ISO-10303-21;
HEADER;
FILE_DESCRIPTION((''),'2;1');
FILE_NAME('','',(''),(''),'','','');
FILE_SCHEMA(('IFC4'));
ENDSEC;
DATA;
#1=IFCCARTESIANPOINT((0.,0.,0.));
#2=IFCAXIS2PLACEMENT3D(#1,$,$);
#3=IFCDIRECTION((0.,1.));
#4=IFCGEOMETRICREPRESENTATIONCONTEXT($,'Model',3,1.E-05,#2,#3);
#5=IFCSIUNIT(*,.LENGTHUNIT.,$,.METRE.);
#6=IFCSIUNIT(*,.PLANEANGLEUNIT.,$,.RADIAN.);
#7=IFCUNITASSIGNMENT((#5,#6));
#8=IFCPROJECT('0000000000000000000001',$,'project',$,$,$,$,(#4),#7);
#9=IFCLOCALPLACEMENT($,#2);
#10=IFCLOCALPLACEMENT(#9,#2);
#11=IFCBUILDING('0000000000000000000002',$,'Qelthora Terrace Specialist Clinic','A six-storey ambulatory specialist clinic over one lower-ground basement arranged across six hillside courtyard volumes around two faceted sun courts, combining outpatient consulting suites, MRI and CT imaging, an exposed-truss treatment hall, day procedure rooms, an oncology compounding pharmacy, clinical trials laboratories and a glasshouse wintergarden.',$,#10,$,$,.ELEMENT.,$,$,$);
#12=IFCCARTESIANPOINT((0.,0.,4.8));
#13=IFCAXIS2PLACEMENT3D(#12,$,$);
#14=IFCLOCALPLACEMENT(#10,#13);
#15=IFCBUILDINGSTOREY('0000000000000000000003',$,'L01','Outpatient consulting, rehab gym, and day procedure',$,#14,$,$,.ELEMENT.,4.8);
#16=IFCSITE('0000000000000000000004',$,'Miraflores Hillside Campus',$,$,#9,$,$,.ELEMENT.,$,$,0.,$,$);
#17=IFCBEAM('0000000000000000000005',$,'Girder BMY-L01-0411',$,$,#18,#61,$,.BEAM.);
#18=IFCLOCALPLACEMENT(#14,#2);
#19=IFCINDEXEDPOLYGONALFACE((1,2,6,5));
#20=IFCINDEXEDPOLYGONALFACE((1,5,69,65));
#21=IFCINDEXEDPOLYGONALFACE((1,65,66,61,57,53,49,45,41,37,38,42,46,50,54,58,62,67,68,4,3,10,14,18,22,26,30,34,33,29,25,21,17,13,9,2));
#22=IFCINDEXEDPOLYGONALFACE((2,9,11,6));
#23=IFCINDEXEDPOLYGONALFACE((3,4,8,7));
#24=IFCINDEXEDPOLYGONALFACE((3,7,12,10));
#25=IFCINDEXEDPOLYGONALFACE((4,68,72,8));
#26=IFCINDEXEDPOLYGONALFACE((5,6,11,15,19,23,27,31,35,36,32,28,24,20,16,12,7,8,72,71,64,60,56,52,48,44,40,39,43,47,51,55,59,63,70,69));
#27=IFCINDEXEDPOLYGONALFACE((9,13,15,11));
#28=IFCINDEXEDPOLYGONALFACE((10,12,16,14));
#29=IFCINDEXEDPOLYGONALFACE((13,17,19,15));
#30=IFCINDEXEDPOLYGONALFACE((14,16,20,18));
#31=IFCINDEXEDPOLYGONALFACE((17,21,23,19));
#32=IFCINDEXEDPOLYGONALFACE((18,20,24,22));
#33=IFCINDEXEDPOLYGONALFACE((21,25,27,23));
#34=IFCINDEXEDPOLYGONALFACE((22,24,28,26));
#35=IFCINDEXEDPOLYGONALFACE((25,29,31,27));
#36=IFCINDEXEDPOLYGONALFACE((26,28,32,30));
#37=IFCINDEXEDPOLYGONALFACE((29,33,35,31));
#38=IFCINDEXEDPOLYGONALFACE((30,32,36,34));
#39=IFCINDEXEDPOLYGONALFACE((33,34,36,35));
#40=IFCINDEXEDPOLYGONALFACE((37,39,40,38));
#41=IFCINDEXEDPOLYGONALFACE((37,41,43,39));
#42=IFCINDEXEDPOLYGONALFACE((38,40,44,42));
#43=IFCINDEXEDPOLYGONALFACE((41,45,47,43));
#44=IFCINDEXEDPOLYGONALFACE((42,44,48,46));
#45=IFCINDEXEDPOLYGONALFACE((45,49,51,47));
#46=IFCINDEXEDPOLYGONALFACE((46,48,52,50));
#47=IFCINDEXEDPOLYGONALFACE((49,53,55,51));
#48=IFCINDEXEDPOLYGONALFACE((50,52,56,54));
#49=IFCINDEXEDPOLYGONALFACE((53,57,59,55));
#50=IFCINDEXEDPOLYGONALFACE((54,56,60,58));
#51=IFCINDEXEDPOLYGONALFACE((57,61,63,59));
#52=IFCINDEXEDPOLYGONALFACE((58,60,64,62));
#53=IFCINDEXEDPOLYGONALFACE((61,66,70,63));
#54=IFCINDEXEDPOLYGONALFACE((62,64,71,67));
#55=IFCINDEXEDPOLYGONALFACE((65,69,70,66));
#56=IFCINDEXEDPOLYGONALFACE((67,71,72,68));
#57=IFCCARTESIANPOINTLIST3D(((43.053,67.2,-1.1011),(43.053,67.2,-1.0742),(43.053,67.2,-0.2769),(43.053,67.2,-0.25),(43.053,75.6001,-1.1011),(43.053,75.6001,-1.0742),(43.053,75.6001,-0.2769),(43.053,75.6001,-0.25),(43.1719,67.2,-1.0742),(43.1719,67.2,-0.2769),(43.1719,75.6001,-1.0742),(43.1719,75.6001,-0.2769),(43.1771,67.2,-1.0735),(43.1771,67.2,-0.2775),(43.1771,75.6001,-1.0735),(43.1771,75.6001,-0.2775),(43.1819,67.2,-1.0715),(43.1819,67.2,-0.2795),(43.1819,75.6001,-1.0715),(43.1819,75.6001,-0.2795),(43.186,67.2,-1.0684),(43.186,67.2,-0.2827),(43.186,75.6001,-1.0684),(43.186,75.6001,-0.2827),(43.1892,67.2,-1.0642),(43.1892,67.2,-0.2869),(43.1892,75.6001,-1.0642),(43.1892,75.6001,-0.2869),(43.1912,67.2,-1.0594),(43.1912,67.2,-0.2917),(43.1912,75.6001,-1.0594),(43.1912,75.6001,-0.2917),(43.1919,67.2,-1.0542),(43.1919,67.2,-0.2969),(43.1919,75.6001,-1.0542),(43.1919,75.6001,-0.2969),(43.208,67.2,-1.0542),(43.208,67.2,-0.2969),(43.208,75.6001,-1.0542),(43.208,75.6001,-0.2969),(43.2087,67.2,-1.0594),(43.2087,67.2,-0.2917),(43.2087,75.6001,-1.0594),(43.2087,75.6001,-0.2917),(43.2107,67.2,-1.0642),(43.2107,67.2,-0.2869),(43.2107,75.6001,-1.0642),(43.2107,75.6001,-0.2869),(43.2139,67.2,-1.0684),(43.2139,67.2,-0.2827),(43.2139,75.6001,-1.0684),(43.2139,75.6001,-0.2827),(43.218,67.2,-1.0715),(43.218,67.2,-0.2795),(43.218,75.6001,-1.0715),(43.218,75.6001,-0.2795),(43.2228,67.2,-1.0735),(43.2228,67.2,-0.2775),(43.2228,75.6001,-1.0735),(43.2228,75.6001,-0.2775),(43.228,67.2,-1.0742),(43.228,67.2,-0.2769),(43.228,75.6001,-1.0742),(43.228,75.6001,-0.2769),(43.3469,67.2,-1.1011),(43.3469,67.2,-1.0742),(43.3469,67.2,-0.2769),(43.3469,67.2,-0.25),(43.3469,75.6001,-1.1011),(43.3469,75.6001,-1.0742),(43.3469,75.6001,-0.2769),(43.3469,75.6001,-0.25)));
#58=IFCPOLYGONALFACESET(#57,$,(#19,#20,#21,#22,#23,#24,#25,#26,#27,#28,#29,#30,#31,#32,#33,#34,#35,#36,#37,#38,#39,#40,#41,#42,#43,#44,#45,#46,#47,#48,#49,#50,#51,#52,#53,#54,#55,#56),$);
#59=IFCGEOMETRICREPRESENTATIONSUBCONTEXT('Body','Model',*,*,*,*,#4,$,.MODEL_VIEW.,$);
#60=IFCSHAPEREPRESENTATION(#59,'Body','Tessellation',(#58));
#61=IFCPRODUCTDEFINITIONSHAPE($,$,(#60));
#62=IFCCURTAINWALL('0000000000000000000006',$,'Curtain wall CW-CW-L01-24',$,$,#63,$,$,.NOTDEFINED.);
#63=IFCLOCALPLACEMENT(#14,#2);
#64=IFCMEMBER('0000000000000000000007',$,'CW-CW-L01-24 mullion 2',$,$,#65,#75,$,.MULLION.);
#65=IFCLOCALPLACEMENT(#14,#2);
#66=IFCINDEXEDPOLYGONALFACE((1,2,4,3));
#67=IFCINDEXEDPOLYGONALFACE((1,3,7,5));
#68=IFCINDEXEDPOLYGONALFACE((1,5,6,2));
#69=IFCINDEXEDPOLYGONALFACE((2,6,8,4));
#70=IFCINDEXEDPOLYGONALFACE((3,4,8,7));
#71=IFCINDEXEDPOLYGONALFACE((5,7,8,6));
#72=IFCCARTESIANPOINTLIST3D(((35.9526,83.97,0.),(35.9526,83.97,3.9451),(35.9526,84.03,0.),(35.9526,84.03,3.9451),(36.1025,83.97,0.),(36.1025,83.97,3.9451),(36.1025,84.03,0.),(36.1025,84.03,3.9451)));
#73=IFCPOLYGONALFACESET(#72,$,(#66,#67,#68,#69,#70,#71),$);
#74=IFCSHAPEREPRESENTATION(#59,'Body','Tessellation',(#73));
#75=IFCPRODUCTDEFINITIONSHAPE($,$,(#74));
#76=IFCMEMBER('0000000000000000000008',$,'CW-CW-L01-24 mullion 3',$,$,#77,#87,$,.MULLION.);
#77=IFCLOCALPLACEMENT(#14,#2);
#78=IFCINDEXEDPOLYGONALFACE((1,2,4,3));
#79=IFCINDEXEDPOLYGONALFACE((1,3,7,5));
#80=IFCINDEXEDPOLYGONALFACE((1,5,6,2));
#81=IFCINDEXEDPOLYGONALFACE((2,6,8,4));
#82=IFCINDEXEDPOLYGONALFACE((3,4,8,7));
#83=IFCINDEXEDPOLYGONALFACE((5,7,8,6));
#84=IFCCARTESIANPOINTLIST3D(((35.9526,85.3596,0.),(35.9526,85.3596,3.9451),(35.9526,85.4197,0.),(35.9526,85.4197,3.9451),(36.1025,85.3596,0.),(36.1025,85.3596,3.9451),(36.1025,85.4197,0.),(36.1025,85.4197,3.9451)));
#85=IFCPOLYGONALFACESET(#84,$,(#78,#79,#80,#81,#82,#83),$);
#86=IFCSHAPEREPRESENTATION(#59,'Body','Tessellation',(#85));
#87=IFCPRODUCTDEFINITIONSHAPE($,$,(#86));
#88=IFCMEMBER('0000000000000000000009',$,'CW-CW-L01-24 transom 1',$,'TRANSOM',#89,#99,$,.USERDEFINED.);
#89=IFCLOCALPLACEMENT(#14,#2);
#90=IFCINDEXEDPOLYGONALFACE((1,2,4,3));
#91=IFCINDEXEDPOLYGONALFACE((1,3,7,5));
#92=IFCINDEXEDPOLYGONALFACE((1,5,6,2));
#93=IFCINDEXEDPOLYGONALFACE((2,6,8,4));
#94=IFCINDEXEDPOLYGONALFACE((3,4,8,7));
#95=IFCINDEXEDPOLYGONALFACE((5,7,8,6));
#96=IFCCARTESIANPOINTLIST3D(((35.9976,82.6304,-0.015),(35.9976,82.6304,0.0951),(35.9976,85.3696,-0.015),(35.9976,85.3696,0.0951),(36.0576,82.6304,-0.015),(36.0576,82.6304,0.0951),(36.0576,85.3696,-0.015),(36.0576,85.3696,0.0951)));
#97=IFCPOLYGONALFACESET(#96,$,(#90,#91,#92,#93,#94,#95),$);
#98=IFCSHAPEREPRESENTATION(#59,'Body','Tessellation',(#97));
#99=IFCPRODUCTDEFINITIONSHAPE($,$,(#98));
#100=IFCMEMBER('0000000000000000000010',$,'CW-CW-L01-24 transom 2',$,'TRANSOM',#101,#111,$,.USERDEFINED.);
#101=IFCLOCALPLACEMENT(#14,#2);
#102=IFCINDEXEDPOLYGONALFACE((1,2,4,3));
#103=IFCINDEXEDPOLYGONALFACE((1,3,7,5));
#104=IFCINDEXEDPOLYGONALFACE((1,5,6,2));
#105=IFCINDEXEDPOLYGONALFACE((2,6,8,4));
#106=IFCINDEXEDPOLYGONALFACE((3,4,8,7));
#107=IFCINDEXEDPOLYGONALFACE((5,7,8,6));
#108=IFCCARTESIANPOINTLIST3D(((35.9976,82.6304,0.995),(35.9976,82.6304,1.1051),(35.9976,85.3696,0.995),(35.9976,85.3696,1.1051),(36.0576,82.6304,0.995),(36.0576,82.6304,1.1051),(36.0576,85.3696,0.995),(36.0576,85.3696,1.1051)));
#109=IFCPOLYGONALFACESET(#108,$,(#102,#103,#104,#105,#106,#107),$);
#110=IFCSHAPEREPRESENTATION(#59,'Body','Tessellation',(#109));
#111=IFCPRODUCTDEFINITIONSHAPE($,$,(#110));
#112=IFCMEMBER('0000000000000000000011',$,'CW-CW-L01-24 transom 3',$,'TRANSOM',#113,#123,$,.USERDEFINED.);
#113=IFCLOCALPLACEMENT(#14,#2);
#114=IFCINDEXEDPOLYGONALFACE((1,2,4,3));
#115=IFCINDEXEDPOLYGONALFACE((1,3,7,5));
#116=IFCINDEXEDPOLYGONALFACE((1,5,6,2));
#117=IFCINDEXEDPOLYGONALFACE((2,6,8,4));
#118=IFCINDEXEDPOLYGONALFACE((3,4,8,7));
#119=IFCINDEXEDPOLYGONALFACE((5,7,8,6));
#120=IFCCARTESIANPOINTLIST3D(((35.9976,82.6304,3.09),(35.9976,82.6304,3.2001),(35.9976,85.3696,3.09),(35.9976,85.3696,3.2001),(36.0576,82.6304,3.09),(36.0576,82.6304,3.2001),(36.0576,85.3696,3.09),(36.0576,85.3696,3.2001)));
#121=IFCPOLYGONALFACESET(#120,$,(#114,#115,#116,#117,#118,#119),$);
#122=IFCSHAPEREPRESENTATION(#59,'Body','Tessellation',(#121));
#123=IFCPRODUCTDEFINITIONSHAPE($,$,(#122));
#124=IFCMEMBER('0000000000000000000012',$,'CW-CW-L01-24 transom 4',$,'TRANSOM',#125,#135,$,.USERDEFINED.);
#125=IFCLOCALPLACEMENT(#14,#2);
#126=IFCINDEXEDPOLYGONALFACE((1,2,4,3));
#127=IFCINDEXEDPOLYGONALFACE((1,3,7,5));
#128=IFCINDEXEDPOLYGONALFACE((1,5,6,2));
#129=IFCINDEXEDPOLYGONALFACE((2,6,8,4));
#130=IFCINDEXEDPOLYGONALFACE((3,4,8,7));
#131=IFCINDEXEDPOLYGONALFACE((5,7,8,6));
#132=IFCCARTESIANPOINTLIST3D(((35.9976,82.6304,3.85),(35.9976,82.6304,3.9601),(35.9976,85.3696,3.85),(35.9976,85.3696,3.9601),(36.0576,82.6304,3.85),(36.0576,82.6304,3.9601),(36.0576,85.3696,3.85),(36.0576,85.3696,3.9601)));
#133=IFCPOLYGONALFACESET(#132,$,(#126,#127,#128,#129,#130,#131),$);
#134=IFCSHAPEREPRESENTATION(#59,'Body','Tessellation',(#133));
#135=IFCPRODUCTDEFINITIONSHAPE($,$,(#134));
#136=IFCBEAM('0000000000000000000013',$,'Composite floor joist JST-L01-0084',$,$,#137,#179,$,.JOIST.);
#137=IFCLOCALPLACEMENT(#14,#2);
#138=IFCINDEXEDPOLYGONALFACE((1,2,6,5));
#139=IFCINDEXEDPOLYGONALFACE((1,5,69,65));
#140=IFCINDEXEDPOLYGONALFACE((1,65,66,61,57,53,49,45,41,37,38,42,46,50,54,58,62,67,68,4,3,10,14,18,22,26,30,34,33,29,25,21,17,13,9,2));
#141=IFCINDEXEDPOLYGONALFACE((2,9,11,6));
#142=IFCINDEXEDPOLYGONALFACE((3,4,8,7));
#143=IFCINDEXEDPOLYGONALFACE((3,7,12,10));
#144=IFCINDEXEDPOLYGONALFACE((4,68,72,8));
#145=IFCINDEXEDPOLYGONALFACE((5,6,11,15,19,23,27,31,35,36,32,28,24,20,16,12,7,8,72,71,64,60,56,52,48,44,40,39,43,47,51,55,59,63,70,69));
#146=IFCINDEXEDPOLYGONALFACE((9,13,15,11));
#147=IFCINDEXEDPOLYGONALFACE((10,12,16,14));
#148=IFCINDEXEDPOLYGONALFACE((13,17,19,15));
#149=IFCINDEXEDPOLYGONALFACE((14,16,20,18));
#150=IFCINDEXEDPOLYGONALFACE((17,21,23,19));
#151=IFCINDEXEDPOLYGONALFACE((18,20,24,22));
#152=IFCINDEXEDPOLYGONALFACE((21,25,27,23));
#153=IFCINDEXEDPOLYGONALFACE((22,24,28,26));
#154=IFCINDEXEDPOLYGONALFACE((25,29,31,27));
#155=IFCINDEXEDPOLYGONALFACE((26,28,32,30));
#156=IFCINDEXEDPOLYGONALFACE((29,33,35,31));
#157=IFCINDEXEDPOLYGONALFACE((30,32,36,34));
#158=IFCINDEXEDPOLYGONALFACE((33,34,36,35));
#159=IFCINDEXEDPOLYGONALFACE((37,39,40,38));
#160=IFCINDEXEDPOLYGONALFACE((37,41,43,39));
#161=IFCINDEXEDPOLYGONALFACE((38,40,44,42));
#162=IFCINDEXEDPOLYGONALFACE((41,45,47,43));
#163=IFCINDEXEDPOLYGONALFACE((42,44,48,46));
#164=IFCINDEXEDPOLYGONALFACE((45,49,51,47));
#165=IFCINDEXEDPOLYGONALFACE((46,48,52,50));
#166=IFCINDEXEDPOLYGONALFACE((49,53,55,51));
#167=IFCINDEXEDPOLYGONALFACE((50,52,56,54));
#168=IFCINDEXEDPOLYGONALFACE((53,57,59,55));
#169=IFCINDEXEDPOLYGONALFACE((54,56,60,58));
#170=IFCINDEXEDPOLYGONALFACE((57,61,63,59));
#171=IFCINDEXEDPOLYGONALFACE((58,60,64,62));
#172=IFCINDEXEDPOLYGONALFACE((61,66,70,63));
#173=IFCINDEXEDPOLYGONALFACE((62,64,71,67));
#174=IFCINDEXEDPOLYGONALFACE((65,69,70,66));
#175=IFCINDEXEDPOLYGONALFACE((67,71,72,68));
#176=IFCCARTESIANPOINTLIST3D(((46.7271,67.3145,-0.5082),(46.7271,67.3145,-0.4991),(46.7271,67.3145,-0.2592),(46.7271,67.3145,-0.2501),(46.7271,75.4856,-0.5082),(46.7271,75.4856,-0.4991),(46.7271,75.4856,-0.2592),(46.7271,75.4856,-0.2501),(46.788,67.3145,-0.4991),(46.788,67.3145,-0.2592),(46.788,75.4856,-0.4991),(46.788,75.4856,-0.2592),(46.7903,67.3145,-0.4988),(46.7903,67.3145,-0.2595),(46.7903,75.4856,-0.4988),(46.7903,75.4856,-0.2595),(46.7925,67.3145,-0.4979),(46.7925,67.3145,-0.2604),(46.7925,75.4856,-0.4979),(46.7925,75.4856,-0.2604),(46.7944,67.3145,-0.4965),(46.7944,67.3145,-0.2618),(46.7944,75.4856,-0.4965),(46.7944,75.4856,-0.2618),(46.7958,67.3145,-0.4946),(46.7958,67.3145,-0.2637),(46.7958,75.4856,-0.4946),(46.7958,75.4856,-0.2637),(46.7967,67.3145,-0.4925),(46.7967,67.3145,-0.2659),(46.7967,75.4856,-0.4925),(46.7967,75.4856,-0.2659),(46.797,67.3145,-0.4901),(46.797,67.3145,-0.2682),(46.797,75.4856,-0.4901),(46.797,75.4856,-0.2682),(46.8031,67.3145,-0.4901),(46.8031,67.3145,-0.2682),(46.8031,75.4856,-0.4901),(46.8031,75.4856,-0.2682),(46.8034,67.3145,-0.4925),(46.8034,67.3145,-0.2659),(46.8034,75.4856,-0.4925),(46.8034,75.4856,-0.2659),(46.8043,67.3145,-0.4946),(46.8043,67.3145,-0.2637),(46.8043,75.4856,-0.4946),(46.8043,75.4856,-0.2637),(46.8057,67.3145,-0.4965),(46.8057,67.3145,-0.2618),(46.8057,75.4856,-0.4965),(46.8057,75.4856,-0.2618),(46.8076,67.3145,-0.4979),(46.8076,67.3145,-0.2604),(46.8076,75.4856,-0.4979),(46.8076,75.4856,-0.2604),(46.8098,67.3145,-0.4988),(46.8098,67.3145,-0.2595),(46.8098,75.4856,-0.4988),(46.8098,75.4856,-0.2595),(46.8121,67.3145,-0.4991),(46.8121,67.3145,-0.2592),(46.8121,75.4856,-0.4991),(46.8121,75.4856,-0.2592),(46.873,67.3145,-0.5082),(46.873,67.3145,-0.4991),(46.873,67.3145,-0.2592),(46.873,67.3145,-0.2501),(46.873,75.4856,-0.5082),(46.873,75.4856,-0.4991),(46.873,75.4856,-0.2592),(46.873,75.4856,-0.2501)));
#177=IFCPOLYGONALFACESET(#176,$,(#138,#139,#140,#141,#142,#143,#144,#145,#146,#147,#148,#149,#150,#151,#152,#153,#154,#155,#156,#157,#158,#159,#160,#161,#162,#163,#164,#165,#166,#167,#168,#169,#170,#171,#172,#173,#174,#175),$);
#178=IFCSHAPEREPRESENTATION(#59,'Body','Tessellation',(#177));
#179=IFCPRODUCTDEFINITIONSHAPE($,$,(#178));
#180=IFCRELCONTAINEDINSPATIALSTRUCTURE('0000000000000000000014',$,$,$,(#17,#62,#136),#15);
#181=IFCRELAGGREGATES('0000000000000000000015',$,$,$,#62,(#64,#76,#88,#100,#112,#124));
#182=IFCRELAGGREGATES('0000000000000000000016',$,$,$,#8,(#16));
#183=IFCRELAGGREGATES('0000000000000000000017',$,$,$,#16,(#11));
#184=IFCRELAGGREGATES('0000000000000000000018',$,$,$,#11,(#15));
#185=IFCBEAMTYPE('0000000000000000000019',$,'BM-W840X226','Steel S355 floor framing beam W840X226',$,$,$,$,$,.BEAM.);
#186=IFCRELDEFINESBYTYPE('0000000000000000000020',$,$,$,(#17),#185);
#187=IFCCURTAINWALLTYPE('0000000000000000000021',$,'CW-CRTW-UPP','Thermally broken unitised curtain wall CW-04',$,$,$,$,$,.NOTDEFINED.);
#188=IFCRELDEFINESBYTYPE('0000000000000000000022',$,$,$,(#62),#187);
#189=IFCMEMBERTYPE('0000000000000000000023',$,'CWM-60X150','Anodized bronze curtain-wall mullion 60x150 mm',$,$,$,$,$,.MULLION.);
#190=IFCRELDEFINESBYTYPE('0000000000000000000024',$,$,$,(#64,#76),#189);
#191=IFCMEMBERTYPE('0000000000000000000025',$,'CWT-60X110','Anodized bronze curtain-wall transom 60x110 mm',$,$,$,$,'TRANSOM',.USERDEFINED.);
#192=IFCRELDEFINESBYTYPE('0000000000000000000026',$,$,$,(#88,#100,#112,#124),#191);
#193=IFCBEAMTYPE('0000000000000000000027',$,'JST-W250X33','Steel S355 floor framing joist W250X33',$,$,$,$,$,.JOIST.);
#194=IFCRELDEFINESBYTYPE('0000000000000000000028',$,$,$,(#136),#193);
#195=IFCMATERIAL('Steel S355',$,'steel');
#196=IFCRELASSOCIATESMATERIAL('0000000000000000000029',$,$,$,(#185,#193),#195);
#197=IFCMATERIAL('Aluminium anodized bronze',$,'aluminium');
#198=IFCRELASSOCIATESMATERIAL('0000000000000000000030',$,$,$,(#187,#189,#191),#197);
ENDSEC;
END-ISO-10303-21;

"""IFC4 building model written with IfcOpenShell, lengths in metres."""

from ifc_helpers import new_model, si_unit, direction, frame, origin, origin_2d, place, context, subcontext, project, spatial, rectangle, i_section, extrude, material, material_profile, profile_set, type_object, element, aggregate, save


model = new_model("IFC4")

# Units and contexts
model_context = context("Model", 3, precision=1e-05, world=origin(), true_north=direction((0.0, 1.0)))
body_context = subcontext(model_context, "Body", "Model", "MODEL_VIEW")
ifc_project = project(units=[si_unit("LENGTHUNIT", "METRE"), si_unit("PLANEANGLEUNIT", "RADIAN")], contexts=[model_context])

# Site, building, storey
site_placement = place(None, origin())
site = spatial("IfcSite", under=ifc_project, at=site_placement, Name="Miraflores Hillside Campus", CompositionType="ELEMENT", RefElevation=0.0)
building_placement = place(site_placement, origin())
building = spatial("IfcBuilding", under=site, at=building_placement, Name="Qelthora Terrace Specialist Clinic", Description="A six-storey ambulatory specialist clinic over one lower-ground basement arranged across six hillside courtyard volumes around two faceted sun courts, combining outpatient consulting suites, MRI and CT imaging, an exposed-truss treatment hall, day procedure rooms, an oncology compounding pharmacy, clinical trials laboratories and a glasshouse wintergarden.", CompositionType="ELEMENT")
storey_placement = place(building_placement, frame((0.0, 0.0, 4.8)))
storey = spatial("IfcBuildingStorey", under=building, at=storey_placement, Name="L01", Description="Outpatient consulting, rehab gym, and day procedure", CompositionType="ELEMENT", Elevation=4.8)

# Shared definitions
ifc_material_1 = material(Name="Steel S355", Category="steel")

# Beam
ifc_material_profile_1 = material_profile(ifc_material_1, i_section(OverallWidth=0.2939, OverallDepth=0.8511, WebThickness=0.0161, FlangeThickness=0.0269, FilletRadius=0.02, at=origin_2d()), Name="W840X226")
ifc_profile_set_1 = profile_set([ifc_material_profile_1], Name="Steel S355")
beam_type_1 = type_object("IfcBeamType", Name="BM-W840X226", Description="Steel S355 floor framing beam W840X226", PredefinedType="BEAM", material=ifc_profile_set_1)
beam_1_placement = place(storey_placement, frame((43.2, 67.2, -0.6755), z_axis=(0.0, 1.0, 0.0), x_axis=(-1.0, 0.0, 0.0)))
element("IfcBeam", 1, at=beam_1_placement, inside=storey, type_object=beam_type_1, Name="Girder BMY-L01-0411", PredefinedType="BEAM", context=body_context, shape_type="SweptSolid", body=[
    extrude(i_section(OverallWidth=0.2939, OverallDepth=0.8511, WebThickness=0.0161, FlangeThickness=0.0269, FilletRadius=0.02, at=origin_2d()), origin(), (0.0, 0.0, 1.0), 8.4001),
])

# Curtain wall, members
ifc_material_2 = material(Name="Aluminium anodized bronze", Category="aluminium")
curtain_wall_type = type_object("IfcCurtainWallType", Name="CW-CRTW-UPP", Description="Thermally broken unitised curtain wall CW-04", PredefinedType="NOTDEFINED", material=ifc_material_2)
curtain_wall_placement = place(storey_placement, origin())
curtain_wall = element("IfcCurtainWall", 2, at=curtain_wall_placement, inside=storey, type_object=curtain_wall_type, Name="Curtain wall CW-CW-L01-24", PredefinedType="NOTDEFINED")
ifc_material_profile_2 = material_profile(ifc_material_2, rectangle(XDim=0.0601, YDim=0.1499, at=origin_2d()), Name="CWM60X150")
ifc_profile_set_2 = profile_set([ifc_material_profile_2], Name="Aluminium anodized bronze")
member_type_1 = type_object("IfcMemberType", Name="CWM-60X150", Description="Anodized bronze curtain-wall mullion 60x150 mm", PredefinedType="MULLION", material=ifc_profile_set_2)
member_1_placement = place(storey_placement, frame((36.0276, 84.0, 0.0), z_axis=(0.0, 0.0, 1.0), x_axis=(0.0, 1.0, 0.0)))
member_1 = element("IfcMember", 3, at=member_1_placement, type_object=member_type_1, Name="CW-CW-L01-24 mullion 2", PredefinedType="MULLION", context=body_context, shape_type="SweptSolid", body=[
    extrude(rectangle(XDim=0.0601, YDim=0.1499, at=origin_2d()), origin(), (0.0, 0.0, 1.0), 3.9451),
])
member_2_placement = place(storey_placement, frame((36.0276, 85.3896, 0.0), z_axis=(0.0, 0.0, 1.0), x_axis=(0.0, 1.0, 0.0)))
member_2 = element("IfcMember", 4, at=member_2_placement, type_object=member_type_1, Name="CW-CW-L01-24 mullion 3", PredefinedType="MULLION", context=body_context, shape_type="SweptSolid", body=[
    extrude(rectangle(XDim=0.0601, YDim=0.1499, at=origin_2d()), origin(), (0.0, 0.0, 1.0), 3.9451),
])
ifc_material_profile_3 = material_profile(ifc_material_2, rectangle(XDim=0.0601, YDim=0.1101, at=origin_2d()), Name="CWT60X110")
ifc_profile_set_3 = profile_set([ifc_material_profile_3], Name="Aluminium anodized bronze")
member_type_2 = type_object("IfcMemberType", Name="CWT-60X110", Description="Anodized bronze curtain-wall transom 60x110 mm", ElementType="TRANSOM", PredefinedType="USERDEFINED", material=ifc_profile_set_3)
member_3_placement = place(storey_placement, frame((36.0276, 82.6304, 0.04), z_axis=(0.0, 1.0, 0.0), x_axis=(-1.0, 0.0, 0.0)))
member_3 = element("IfcMember", 5, at=member_3_placement, type_object=member_type_2, Name="CW-CW-L01-24 transom 1", ObjectType="TRANSOM", PredefinedType="USERDEFINED", context=body_context, shape_type="SweptSolid", body=[
    extrude(rectangle(XDim=0.0601, YDim=0.1101, at=origin_2d()), origin(), (0.0, 0.0, 1.0), 2.7393),
])
member_4_placement = place(storey_placement, frame((36.0276, 82.6304, 1.05), z_axis=(0.0, 1.0, 0.0), x_axis=(-1.0, 0.0, 0.0)))
member_4 = element("IfcMember", 6, at=member_4_placement, type_object=member_type_2, Name="CW-CW-L01-24 transom 2", ObjectType="TRANSOM", PredefinedType="USERDEFINED", context=body_context, shape_type="SweptSolid", body=[
    extrude(rectangle(XDim=0.0601, YDim=0.1101, at=origin_2d()), origin(), (0.0, 0.0, 1.0), 2.7393),
])
member_5_placement = place(storey_placement, frame((36.0276, 82.6304, 3.145), z_axis=(0.0, 1.0, 0.0), x_axis=(-1.0, 0.0, 0.0)))
member_5 = element("IfcMember", 7, at=member_5_placement, type_object=member_type_2, Name="CW-CW-L01-24 transom 3", ObjectType="TRANSOM", PredefinedType="USERDEFINED", context=body_context, shape_type="SweptSolid", body=[
    extrude(rectangle(XDim=0.0601, YDim=0.1101, at=origin_2d()), origin(), (0.0, 0.0, 1.0), 2.7393),
])
member_6_placement = place(storey_placement, frame((36.0276, 82.6304, 3.905), z_axis=(0.0, 1.0, 0.0), x_axis=(-1.0, 0.0, 0.0)))
member_6 = element("IfcMember", 8, at=member_6_placement, type_object=member_type_2, Name="CW-CW-L01-24 transom 4", ObjectType="TRANSOM", PredefinedType="USERDEFINED", context=body_context, shape_type="SweptSolid", body=[
    extrude(rectangle(XDim=0.0601, YDim=0.1101, at=origin_2d()), origin(), (0.0, 0.0, 1.0), 2.7393),
])

# Beam
ifc_material_profile_4 = material_profile(ifc_material_1, i_section(OverallWidth=0.146, OverallDepth=0.2581, WebThickness=0.0061, FlangeThickness=0.009, FilletRadius=0.009, at=origin_2d()), Name="W250X33")
ifc_profile_set_4 = profile_set([ifc_material_profile_4], Name="Steel S355")
beam_type_2 = type_object("IfcBeamType", Name="JST-W250X33", Description="Steel S355 floor framing joist W250X33", PredefinedType="JOIST", material=ifc_profile_set_4)
beam_2_placement = place(storey_placement, frame((46.8, 67.3145, -0.3792), z_axis=(0.0, 1.0, 0.0), x_axis=(-1.0, 0.0, 0.0)))
element("IfcBeam", 9, at=beam_2_placement, inside=storey, type_object=beam_type_2, Name="Composite floor joist JST-L01-0084", PredefinedType="JOIST", context=body_context, shape_type="SweptSolid", body=[
    extrude(i_section(OverallWidth=0.146, OverallDepth=0.2581, WebThickness=0.0061, FlangeThickness=0.009, FilletRadius=0.009, at=origin_2d()), origin(), (0.0, 0.0, 1.0), 8.1711),
])

aggregate(curtain_wall, [member_1, member_2, member_3, member_4, member_5, member_6])

save(model, "model.ifc")
